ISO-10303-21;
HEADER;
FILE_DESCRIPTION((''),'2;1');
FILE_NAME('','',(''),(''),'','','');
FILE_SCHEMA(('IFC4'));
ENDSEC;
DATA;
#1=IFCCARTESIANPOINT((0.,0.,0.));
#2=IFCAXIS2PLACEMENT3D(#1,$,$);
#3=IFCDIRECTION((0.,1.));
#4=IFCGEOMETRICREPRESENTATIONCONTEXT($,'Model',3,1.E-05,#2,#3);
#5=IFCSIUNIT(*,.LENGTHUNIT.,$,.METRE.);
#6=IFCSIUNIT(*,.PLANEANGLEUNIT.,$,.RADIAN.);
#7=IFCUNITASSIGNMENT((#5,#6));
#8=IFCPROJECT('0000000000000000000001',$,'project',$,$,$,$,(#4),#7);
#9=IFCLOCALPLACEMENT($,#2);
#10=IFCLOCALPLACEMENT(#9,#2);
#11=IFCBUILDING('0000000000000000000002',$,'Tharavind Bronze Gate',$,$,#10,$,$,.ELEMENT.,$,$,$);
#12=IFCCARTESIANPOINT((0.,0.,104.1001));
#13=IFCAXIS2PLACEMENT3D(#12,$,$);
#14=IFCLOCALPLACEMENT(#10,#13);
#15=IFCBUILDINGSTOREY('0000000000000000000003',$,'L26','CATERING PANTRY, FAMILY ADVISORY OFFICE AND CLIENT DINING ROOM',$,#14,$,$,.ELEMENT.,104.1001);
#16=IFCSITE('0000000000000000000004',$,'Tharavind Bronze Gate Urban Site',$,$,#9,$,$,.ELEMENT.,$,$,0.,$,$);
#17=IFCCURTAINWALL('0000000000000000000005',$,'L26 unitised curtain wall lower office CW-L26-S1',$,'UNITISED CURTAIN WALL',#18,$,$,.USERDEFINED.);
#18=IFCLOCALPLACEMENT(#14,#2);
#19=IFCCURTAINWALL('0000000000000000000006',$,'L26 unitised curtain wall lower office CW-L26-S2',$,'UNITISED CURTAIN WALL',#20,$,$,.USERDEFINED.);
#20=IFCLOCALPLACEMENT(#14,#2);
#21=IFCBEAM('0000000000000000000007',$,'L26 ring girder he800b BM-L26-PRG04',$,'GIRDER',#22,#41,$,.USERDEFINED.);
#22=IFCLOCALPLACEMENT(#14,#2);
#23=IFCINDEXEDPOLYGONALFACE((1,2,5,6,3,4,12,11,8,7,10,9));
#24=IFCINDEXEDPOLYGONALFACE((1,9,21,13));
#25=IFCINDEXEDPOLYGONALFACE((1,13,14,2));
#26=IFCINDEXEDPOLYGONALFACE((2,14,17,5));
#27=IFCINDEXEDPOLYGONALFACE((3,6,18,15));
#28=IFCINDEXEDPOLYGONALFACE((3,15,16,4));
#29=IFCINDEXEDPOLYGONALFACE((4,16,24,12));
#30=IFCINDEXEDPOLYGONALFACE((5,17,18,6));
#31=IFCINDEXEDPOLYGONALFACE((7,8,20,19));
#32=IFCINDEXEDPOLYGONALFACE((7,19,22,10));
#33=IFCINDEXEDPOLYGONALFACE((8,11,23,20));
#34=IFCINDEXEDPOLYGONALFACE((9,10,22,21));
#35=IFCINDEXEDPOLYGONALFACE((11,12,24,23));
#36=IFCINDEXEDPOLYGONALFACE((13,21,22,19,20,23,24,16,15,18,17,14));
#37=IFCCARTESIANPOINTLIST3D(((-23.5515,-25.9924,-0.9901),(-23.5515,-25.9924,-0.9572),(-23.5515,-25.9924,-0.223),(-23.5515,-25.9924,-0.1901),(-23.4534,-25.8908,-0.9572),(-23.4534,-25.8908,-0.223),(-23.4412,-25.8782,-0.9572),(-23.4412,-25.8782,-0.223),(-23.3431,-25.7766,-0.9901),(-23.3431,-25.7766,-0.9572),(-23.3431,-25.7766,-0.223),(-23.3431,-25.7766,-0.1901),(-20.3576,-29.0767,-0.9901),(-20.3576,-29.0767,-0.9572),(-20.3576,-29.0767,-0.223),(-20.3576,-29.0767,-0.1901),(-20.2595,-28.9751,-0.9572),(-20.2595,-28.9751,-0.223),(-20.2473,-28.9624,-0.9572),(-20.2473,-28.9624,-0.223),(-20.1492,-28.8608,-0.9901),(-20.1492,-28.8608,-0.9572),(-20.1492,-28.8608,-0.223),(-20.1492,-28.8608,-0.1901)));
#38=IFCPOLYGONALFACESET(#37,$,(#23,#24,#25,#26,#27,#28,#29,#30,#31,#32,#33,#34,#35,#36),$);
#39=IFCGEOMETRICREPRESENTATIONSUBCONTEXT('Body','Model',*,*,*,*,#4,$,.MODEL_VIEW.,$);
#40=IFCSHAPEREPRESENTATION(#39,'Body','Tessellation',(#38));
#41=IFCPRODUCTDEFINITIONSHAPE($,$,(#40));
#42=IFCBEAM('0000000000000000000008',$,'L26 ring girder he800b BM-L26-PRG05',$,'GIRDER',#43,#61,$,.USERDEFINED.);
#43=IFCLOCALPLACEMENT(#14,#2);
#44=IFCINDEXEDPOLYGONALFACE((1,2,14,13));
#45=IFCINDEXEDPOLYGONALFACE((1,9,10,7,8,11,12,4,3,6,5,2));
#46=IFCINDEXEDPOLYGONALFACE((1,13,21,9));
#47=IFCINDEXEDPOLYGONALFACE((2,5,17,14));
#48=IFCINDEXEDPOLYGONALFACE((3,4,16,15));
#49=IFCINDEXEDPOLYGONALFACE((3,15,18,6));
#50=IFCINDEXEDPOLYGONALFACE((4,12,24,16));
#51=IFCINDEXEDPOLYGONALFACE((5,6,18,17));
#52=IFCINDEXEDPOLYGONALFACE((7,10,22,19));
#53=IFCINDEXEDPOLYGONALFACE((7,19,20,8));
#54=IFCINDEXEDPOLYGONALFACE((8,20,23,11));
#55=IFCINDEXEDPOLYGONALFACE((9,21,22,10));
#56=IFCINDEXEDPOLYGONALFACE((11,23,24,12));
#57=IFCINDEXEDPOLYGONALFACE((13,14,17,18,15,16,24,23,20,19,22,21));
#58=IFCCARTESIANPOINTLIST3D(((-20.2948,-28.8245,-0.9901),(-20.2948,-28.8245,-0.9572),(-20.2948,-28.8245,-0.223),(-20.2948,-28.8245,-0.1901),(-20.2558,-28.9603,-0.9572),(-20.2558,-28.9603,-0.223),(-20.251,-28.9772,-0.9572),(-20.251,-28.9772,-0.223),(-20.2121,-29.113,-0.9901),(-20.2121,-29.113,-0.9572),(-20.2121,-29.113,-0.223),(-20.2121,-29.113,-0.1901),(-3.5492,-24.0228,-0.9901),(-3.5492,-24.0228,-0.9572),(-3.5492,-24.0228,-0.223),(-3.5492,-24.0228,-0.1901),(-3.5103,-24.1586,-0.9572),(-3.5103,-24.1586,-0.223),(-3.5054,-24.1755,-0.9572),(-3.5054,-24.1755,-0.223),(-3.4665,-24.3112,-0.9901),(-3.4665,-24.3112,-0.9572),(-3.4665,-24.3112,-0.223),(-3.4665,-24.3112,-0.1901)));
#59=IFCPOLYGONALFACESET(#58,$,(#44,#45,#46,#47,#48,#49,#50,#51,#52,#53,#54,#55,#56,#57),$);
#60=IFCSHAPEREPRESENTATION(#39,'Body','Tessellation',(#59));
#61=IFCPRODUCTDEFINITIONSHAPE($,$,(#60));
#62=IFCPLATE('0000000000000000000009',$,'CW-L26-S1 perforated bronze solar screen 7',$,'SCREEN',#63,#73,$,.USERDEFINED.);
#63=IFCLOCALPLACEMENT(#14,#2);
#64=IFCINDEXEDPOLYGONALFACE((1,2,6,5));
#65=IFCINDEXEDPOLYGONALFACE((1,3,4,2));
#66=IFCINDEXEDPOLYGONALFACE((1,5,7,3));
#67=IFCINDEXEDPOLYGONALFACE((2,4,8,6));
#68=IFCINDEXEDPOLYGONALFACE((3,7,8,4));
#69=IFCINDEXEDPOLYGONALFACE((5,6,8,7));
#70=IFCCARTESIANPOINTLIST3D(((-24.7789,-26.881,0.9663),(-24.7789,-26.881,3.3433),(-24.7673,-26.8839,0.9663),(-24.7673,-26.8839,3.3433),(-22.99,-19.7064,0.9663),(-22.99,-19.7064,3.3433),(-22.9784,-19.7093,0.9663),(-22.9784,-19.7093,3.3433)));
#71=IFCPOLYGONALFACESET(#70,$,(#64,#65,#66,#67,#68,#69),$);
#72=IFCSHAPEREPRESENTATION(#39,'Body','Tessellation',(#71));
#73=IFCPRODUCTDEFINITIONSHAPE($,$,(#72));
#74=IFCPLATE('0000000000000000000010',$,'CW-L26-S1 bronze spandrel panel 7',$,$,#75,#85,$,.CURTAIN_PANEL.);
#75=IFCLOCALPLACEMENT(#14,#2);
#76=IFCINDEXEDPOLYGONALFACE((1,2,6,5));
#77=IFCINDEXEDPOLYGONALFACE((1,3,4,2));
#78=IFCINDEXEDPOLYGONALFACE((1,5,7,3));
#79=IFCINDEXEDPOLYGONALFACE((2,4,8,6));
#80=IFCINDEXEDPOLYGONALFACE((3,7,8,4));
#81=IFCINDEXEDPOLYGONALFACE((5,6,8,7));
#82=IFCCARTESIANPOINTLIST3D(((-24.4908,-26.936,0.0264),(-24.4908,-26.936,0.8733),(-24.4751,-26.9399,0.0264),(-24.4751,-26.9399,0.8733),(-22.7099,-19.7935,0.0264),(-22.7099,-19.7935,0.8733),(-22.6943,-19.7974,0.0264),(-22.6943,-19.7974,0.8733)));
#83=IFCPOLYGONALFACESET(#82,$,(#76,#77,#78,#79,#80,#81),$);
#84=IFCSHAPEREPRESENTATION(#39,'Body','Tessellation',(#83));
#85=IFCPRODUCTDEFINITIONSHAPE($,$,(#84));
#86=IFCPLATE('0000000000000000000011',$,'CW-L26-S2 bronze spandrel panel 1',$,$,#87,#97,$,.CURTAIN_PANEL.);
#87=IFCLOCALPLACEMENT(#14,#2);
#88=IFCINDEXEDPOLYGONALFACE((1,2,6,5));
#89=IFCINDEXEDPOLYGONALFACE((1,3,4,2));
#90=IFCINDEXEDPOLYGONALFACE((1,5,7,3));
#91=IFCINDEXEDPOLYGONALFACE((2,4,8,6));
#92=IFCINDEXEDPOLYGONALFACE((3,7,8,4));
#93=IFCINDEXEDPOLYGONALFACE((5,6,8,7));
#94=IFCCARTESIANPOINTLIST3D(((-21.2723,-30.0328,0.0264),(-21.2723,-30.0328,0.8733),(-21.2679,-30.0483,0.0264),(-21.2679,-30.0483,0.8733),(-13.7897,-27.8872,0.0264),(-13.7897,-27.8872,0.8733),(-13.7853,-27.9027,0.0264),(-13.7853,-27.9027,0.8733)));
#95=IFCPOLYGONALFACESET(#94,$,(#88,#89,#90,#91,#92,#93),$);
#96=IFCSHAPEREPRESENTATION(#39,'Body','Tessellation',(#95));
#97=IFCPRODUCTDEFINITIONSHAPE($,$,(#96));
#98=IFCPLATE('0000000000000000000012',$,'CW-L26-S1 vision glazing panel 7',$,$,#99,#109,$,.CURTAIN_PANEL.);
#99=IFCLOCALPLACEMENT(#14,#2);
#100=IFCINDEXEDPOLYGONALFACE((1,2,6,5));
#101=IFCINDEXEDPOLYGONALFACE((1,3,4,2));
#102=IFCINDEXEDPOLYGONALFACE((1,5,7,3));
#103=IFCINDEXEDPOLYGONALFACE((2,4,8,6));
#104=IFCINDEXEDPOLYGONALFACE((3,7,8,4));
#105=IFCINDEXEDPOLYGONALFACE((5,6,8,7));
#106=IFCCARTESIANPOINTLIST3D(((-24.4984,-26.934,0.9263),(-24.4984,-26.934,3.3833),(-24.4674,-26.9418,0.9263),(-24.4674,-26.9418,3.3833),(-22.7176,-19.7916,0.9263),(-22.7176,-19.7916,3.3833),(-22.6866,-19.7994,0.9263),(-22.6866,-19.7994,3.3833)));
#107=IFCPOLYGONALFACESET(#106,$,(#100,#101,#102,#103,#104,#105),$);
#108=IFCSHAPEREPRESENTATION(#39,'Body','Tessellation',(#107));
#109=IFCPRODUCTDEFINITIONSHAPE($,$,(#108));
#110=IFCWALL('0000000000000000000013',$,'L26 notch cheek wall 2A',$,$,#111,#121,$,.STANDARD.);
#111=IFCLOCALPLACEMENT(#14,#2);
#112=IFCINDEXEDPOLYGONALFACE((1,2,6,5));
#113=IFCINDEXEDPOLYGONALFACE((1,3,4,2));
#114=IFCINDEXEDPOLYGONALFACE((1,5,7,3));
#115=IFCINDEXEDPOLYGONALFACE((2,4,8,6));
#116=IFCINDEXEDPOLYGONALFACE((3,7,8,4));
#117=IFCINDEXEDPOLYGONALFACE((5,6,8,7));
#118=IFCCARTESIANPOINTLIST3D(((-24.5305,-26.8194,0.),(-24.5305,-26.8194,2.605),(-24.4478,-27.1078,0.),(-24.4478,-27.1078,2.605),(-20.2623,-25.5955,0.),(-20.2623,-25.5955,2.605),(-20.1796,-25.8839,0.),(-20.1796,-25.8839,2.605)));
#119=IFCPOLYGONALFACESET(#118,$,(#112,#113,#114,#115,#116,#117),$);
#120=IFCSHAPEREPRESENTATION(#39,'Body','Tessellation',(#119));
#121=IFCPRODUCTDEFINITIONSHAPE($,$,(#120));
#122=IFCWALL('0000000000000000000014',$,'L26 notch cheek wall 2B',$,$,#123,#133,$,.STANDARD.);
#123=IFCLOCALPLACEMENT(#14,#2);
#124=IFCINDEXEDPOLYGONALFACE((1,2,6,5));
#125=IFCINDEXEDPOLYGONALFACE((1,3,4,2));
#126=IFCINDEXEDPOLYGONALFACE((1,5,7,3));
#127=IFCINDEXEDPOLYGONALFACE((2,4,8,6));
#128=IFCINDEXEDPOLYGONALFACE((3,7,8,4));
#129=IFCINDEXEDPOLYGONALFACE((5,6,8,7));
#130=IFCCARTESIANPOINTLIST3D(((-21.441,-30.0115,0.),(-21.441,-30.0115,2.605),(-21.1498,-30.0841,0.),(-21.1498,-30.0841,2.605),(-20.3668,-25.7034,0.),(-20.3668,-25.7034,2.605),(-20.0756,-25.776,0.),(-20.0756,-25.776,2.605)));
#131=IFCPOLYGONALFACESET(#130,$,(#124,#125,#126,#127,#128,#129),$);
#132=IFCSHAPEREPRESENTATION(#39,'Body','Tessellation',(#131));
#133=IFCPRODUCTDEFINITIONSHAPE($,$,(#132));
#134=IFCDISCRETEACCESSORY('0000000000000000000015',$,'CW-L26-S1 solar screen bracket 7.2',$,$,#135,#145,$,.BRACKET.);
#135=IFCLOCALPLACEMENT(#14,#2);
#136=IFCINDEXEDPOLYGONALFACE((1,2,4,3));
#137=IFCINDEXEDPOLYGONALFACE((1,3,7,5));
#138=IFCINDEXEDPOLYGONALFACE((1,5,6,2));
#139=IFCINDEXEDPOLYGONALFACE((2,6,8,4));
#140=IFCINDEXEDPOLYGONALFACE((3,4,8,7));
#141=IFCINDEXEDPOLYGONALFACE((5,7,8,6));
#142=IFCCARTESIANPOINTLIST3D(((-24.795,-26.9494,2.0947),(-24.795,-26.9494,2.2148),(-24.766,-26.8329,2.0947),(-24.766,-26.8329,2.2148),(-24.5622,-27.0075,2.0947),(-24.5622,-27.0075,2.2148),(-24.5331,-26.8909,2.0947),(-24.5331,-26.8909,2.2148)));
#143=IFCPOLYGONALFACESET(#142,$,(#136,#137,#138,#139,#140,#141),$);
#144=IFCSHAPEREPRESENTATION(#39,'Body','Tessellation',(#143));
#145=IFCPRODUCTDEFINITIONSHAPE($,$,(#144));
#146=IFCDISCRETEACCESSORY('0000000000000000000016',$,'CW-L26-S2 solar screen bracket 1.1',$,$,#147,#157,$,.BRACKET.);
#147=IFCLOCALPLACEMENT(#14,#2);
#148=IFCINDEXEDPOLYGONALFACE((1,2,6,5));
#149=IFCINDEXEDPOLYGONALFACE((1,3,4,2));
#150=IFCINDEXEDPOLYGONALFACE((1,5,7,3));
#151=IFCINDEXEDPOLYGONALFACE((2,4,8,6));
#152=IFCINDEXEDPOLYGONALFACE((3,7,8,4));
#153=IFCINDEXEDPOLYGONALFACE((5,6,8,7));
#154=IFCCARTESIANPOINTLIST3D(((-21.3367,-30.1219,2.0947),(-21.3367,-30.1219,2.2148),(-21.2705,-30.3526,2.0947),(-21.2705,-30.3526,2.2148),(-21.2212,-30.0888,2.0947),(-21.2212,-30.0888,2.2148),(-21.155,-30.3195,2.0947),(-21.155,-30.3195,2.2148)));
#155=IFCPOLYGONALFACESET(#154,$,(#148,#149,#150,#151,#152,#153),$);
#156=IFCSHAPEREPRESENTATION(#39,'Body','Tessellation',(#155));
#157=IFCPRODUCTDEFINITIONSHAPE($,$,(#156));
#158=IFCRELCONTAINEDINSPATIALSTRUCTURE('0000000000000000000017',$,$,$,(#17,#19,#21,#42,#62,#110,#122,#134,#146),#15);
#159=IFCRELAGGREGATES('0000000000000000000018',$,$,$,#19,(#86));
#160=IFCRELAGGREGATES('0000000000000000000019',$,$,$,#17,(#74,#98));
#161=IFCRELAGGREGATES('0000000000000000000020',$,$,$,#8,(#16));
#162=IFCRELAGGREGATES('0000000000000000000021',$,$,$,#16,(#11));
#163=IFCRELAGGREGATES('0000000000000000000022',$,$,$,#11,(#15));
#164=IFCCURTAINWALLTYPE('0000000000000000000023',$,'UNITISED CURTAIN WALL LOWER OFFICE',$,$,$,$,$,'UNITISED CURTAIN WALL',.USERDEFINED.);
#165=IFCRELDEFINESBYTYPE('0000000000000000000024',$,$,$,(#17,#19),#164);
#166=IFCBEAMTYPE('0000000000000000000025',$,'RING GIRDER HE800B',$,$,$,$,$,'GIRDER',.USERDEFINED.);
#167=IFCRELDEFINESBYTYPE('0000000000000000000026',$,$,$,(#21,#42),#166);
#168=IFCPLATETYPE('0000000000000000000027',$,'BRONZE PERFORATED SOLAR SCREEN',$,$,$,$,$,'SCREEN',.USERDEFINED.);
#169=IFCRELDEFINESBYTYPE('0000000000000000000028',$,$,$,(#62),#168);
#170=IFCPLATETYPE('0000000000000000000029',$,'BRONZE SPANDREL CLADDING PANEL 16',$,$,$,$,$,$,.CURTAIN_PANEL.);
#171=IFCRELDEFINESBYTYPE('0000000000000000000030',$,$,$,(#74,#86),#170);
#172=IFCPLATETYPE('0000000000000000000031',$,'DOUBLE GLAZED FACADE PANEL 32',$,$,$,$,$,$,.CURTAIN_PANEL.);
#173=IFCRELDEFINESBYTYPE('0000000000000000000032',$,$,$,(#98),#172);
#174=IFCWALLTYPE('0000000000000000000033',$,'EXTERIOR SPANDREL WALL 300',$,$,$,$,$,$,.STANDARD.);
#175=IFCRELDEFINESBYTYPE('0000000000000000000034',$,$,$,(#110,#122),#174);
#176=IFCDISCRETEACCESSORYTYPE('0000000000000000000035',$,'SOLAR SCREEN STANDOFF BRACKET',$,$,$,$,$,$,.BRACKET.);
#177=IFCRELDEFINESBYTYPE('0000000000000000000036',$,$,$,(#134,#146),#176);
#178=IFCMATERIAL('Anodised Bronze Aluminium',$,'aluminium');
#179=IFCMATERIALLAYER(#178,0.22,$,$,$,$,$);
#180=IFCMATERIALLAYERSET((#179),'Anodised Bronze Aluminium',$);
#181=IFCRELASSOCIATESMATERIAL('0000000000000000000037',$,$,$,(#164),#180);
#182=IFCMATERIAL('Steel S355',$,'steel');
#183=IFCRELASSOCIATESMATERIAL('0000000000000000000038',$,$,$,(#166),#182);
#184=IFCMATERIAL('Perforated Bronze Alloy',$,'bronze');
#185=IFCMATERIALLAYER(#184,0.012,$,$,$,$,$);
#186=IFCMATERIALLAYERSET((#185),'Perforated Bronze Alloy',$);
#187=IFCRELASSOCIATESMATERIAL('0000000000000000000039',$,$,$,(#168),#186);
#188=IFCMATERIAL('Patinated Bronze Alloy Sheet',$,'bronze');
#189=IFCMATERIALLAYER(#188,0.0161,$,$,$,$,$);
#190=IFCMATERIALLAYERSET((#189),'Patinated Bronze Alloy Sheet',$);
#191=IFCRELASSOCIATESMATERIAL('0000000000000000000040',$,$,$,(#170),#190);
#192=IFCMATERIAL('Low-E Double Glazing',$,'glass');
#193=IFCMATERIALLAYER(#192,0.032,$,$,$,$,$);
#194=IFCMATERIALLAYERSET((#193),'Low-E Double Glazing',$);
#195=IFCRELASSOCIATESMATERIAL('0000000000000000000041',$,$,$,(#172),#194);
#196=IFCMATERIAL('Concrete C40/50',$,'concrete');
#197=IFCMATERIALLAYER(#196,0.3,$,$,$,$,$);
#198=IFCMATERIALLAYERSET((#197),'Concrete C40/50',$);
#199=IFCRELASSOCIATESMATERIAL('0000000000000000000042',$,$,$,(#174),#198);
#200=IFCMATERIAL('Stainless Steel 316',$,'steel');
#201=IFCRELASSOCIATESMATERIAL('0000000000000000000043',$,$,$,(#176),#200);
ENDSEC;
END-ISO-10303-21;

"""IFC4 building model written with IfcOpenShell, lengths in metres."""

from ifc_helpers import new_model, si_unit, direction, frame, frame_2d, origin, origin_2d, place, context, subcontext, project, spatial, rectangle, i_section, extrude, material, layer, layer_set, material_profile, profile_set, type_object, element, aggregate, save


model = new_model("IFC4")

# Units and contexts
model_context = context("Model", 3, precision=1e-05, world=origin(), true_north=direction((0.0, 1.0)))
body_context = subcontext(model_context, "Body", "Model", "MODEL_VIEW")
ifc_project = project(units=[si_unit("LENGTHUNIT", "METRE"), si_unit("PLANEANGLEUNIT", "RADIAN")], contexts=[model_context])

# Site, building, storey
site_placement = place(None, origin())
site = spatial("IfcSite", under=ifc_project, at=site_placement, Name="Tharavind Bronze Gate Urban Site", CompositionType="ELEMENT", RefElevation=0.0)
building_placement = place(site_placement, origin())
building = spatial("IfcBuilding", under=site, at=building_placement, Name="Tharavind Bronze Gate", CompositionType="ELEMENT")
storey_placement = place(building_placement, frame((0.0, 0.0, 104.1001)))
storey = spatial("IfcBuildingStorey", under=building, at=storey_placement, Name="L26", Description="CATERING PANTRY, FAMILY ADVISORY OFFICE AND CLIENT DINING ROOM", CompositionType="ELEMENT", Elevation=104.1001)

# Curtain walls
ifc_material_1 = material(Name="Anodised Bronze Aluminium", Category="aluminium")
ifc_layer_1 = layer(ifc_material_1, 0.22)
ifc_layer_set_1 = layer_set([ifc_layer_1], Name="Anodised Bronze Aluminium")
curtain_wall_type = type_object("IfcCurtainWallType", Name="UNITISED CURTAIN WALL LOWER OFFICE", ElementType="UNITISED CURTAIN WALL", PredefinedType="USERDEFINED", material=ifc_layer_set_1)
curtain_wall_1_placement = place(storey_placement, origin())
curtain_wall_1 = element("IfcCurtainWall", 1, at=curtain_wall_1_placement, inside=storey, type_object=curtain_wall_type, Name="L26 unitised curtain wall lower office CW-L26-S1", ObjectType="UNITISED CURTAIN WALL", PredefinedType="USERDEFINED")
curtain_wall_2_placement = place(storey_placement, origin())
curtain_wall_2 = element("IfcCurtainWall", 2, at=curtain_wall_2_placement, inside=storey, type_object=curtain_wall_type, Name="L26 unitised curtain wall lower office CW-L26-S2", ObjectType="UNITISED CURTAIN WALL", PredefinedType="USERDEFINED")

# Beams
ifc_material_2 = material(Name="Steel S355", Category="steel")
ifc_material_profile_1 = material_profile(ifc_material_2, i_section(OverallWidth=0.3, OverallDepth=0.8, WebThickness=0.0176, FlangeThickness=0.033, at=origin_2d()), Name="HE800B")
ifc_profile_set_1 = profile_set([ifc_material_profile_1], Name="Steel S355")
beam_type_1 = type_object("IfcBeamType", Name="RING GIRDER HE800B", ElementType="GIRDER", PredefinedType="USERDEFINED", material=ifc_profile_set_1)
beam_1_placement = place(storey_placement, frame((-23.4473, -25.8845, -0.5901), z_axis=(0.719344, -0.694654, 0.0), x_axis=(0.694654, 0.719344, 0.0)))
element("IfcBeam", 3, at=beam_1_placement, inside=storey, type_object=beam_type_1, Name="L26 ring girder he800b BM-L26-PRG04", ObjectType="GIRDER", PredefinedType="USERDEFINED", context=body_context, shape_type="SweptSolid", body=[
    extrude(i_section(OverallWidth=0.3, OverallDepth=0.8, WebThickness=0.0176, FlangeThickness=0.033, at=origin_2d()), origin(), (0.0, 0.0, 1.0), 4.4399),
])
beam_2_placement = place(storey_placement, frame((-20.2534, -28.9688, -0.5901), z_axis=(0.961261, 0.275639, 0.0), x_axis=(-0.275639, 0.961261, 0.0)))
element("IfcBeam", 4, at=beam_2_placement, inside=storey, type_object=beam_type_1, Name="L26 ring girder he800b BM-L26-PRG05", ObjectType="GIRDER", PredefinedType="USERDEFINED", context=body_context, shape_type="SweptSolid", body=[
    extrude(i_section(OverallWidth=0.3, OverallDepth=0.8, WebThickness=0.0176, FlangeThickness=0.033, at=origin_2d()), origin(), (0.0, 0.0, 1.0), 17.4204),
])

# Plates
ifc_material_3 = material(Name="Perforated Bronze Alloy", Category="bronze")
ifc_layer_2 = layer(ifc_material_3, 0.012)
ifc_layer_set_2 = layer_set([ifc_layer_2], Name="Perforated Bronze Alloy")
plate_type_1 = type_object("IfcPlateType", Name="BRONZE PERFORATED SOLAR SCREEN", ElementType="SCREEN", PredefinedType="USERDEFINED", material=ifc_layer_set_2)
plate_1_placement = place(storey_placement, frame((-23.8787, -23.2952, 0.9663), z_axis=(0.0, 0.0, 1.0), x_axis=(-0.241922, -0.970296, 0.0)))
element("IfcPlate", 5, at=plate_1_placement, inside=storey, type_object=plate_type_1, Name="CW-L26-S1 perforated bronze solar screen 7", ObjectType="SCREEN", PredefinedType="USERDEFINED", context=body_context, shape_type="SweptSolid", body=[
    extrude(rectangle(XDim=7.3943, YDim=0.012, at=origin_2d()), origin(), (0.0, 0.0, 1.0), 2.377),
])
ifc_material_4 = material(Name="Patinated Bronze Alloy Sheet", Category="bronze")
ifc_layer_3 = layer(ifc_material_4, 0.0161)
ifc_layer_set_3 = layer_set([ifc_layer_3], Name="Patinated Bronze Alloy Sheet")
plate_type_2 = type_object("IfcPlateType", Name="BRONZE SPANDREL CLADDING PANEL 16", PredefinedType="CURTAIN_PANEL", material=ifc_layer_set_3)
plate_2_placement = place(storey_placement, frame((-23.5925, -23.3667, 0.0264), z_axis=(0.0, 0.0, 1.0), x_axis=(-0.241922, -0.970296, 0.0)))
plate_2 = element("IfcPlate", 6, at=plate_2_placement, type_object=plate_type_2, Name="CW-L26-S1 bronze spandrel panel 7", PredefinedType="CURTAIN_PANEL", context=body_context, shape_type="SweptSolid", body=[
    extrude(rectangle(XDim=7.3611, YDim=0.0161, at=origin_2d()), origin(), (0.0, 0.0, 1.0), 0.8469),
])
plate_3_placement = place(storey_placement, frame((-17.5288, -28.9678, 0.0264), z_axis=(0.0, 0.0, 1.0), x_axis=(0.961262, 0.275637, 0.0)))
plate_3 = element("IfcPlate", 7, at=plate_3_placement, type_object=plate_type_2, Name="CW-L26-S2 bronze spandrel panel 1", PredefinedType="CURTAIN_PANEL", context=body_context, shape_type="SweptSolid", body=[
    extrude(rectangle(XDim=7.7842, YDim=0.0161, at=origin_2d()), origin(), (0.0, 0.0, 1.0), 0.8469),
])
aggregate(curtain_wall_2, [plate_3])
ifc_material_5 = material(Name="Low-E Double Glazing", Category="glass")
ifc_layer_4 = layer(ifc_material_5, 0.032)
ifc_layer_set_4 = layer_set([ifc_layer_4], Name="Low-E Double Glazing")
plate_type_3 = type_object("IfcPlateType", Name="DOUBLE GLAZED FACADE PANEL 32", PredefinedType="CURTAIN_PANEL", material=ifc_layer_set_4)
plate_4_placement = place(storey_placement, frame((-23.5925, -23.3667, 0.9263), z_axis=(0.0, 0.0, 1.0), x_axis=(-0.241922, -0.970296, 0.0)))
plate_4 = element("IfcPlate", 8, at=plate_4_placement, type_object=plate_type_3, Name="CW-L26-S1 vision glazing panel 7", PredefinedType="CURTAIN_PANEL", context=body_context, shape_type="SweptSolid", body=[
    extrude(rectangle(XDim=7.3611, YDim=0.032, at=origin_2d()), origin(), (0.0, 0.0, 1.0), 2.457),
])
aggregate(curtain_wall_1, [plate_2, plate_4])

# Walls
ifc_material_6 = material(Name="Concrete C40/50", Category="concrete")
ifc_layer_5 = layer(ifc_material_6, 0.3)
ifc_layer_set_5 = layer_set([ifc_layer_5], Name="Concrete C40/50")
wall_type = type_object("IfcWallType", Name="EXTERIOR SPANDREL WALL 300", PredefinedType="STANDARD", material=ifc_layer_set_5)
wall_1_placement = place(storey_placement, frame((-24.4893, -26.9636, 0.0), z_axis=(0.0, 0.0, 1.0), x_axis=(0.96126, 0.275643, 0.0)))
element("IfcWall", 9, at=wall_1_placement, inside=storey, type_object=wall_type, Name="L26 notch cheek wall 2A", PredefinedType="STANDARD", context=body_context, shape_type="SweptSolid", body=[
    extrude(rectangle(XDim=4.4402, YDim=0.3, at=frame_2d((2.2202, 0.0))), origin(), (0.0, 0.0, 1.0), 2.605),
])
wall_2_placement = place(storey_placement, frame((-20.2212, -25.7397, 0.0), z_axis=(0.0, 0.0, 1.0), x_axis=(-0.24194, -0.970291, 0.0)))
element("IfcWall", 10, at=wall_2_placement, inside=storey, type_object=wall_type, Name="L26 notch cheek wall 2B", PredefinedType="STANDARD", context=body_context, shape_type="SweptSolid", body=[
    extrude(rectangle(XDim=4.4399, YDim=0.3, at=frame_2d((2.22, 0.0))), origin(), (0.0, 0.0, 1.0), 2.605),
])

# Discrete accessories
ifc_material_7 = material(Name="Stainless Steel 316", Category="steel")
discrete_accessory_type = type_object("IfcDiscreteAccessoryType", Name="SOLAR SCREEN STANDOFF BRACKET", PredefinedType="BRACKET", material=ifc_material_7)
for number, where, z_axis, x_axis, name in (
    (11, (-24.6641, -26.9202, 2.0947), (0.0, 0.0, 1.0), (-0.241922, -0.970296, 0.0), "CW-L26-S1 solar screen bracket 7.2"),
    (12, (-21.2458, -30.2207, 2.0947), (0.0, 0.0, 1.0), (0.961262, 0.275637, 0.0), "CW-L26-S2 solar screen bracket 1.1"),
):
    element("IfcDiscreteAccessory", number, at=place(storey_placement, frame(where, z_axis=z_axis, x_axis=x_axis)), inside=storey, type_object=discrete_accessory_type, Name=name, PredefinedType="BRACKET", context=body_context, shape_type="SweptSolid", body=[
        extrude(rectangle(XDim=0.1201, YDim=0.24, at=origin_2d()), origin(), (0.0, 0.0, 1.0), 0.1201),
    ])

save(model, "model.ifc")
